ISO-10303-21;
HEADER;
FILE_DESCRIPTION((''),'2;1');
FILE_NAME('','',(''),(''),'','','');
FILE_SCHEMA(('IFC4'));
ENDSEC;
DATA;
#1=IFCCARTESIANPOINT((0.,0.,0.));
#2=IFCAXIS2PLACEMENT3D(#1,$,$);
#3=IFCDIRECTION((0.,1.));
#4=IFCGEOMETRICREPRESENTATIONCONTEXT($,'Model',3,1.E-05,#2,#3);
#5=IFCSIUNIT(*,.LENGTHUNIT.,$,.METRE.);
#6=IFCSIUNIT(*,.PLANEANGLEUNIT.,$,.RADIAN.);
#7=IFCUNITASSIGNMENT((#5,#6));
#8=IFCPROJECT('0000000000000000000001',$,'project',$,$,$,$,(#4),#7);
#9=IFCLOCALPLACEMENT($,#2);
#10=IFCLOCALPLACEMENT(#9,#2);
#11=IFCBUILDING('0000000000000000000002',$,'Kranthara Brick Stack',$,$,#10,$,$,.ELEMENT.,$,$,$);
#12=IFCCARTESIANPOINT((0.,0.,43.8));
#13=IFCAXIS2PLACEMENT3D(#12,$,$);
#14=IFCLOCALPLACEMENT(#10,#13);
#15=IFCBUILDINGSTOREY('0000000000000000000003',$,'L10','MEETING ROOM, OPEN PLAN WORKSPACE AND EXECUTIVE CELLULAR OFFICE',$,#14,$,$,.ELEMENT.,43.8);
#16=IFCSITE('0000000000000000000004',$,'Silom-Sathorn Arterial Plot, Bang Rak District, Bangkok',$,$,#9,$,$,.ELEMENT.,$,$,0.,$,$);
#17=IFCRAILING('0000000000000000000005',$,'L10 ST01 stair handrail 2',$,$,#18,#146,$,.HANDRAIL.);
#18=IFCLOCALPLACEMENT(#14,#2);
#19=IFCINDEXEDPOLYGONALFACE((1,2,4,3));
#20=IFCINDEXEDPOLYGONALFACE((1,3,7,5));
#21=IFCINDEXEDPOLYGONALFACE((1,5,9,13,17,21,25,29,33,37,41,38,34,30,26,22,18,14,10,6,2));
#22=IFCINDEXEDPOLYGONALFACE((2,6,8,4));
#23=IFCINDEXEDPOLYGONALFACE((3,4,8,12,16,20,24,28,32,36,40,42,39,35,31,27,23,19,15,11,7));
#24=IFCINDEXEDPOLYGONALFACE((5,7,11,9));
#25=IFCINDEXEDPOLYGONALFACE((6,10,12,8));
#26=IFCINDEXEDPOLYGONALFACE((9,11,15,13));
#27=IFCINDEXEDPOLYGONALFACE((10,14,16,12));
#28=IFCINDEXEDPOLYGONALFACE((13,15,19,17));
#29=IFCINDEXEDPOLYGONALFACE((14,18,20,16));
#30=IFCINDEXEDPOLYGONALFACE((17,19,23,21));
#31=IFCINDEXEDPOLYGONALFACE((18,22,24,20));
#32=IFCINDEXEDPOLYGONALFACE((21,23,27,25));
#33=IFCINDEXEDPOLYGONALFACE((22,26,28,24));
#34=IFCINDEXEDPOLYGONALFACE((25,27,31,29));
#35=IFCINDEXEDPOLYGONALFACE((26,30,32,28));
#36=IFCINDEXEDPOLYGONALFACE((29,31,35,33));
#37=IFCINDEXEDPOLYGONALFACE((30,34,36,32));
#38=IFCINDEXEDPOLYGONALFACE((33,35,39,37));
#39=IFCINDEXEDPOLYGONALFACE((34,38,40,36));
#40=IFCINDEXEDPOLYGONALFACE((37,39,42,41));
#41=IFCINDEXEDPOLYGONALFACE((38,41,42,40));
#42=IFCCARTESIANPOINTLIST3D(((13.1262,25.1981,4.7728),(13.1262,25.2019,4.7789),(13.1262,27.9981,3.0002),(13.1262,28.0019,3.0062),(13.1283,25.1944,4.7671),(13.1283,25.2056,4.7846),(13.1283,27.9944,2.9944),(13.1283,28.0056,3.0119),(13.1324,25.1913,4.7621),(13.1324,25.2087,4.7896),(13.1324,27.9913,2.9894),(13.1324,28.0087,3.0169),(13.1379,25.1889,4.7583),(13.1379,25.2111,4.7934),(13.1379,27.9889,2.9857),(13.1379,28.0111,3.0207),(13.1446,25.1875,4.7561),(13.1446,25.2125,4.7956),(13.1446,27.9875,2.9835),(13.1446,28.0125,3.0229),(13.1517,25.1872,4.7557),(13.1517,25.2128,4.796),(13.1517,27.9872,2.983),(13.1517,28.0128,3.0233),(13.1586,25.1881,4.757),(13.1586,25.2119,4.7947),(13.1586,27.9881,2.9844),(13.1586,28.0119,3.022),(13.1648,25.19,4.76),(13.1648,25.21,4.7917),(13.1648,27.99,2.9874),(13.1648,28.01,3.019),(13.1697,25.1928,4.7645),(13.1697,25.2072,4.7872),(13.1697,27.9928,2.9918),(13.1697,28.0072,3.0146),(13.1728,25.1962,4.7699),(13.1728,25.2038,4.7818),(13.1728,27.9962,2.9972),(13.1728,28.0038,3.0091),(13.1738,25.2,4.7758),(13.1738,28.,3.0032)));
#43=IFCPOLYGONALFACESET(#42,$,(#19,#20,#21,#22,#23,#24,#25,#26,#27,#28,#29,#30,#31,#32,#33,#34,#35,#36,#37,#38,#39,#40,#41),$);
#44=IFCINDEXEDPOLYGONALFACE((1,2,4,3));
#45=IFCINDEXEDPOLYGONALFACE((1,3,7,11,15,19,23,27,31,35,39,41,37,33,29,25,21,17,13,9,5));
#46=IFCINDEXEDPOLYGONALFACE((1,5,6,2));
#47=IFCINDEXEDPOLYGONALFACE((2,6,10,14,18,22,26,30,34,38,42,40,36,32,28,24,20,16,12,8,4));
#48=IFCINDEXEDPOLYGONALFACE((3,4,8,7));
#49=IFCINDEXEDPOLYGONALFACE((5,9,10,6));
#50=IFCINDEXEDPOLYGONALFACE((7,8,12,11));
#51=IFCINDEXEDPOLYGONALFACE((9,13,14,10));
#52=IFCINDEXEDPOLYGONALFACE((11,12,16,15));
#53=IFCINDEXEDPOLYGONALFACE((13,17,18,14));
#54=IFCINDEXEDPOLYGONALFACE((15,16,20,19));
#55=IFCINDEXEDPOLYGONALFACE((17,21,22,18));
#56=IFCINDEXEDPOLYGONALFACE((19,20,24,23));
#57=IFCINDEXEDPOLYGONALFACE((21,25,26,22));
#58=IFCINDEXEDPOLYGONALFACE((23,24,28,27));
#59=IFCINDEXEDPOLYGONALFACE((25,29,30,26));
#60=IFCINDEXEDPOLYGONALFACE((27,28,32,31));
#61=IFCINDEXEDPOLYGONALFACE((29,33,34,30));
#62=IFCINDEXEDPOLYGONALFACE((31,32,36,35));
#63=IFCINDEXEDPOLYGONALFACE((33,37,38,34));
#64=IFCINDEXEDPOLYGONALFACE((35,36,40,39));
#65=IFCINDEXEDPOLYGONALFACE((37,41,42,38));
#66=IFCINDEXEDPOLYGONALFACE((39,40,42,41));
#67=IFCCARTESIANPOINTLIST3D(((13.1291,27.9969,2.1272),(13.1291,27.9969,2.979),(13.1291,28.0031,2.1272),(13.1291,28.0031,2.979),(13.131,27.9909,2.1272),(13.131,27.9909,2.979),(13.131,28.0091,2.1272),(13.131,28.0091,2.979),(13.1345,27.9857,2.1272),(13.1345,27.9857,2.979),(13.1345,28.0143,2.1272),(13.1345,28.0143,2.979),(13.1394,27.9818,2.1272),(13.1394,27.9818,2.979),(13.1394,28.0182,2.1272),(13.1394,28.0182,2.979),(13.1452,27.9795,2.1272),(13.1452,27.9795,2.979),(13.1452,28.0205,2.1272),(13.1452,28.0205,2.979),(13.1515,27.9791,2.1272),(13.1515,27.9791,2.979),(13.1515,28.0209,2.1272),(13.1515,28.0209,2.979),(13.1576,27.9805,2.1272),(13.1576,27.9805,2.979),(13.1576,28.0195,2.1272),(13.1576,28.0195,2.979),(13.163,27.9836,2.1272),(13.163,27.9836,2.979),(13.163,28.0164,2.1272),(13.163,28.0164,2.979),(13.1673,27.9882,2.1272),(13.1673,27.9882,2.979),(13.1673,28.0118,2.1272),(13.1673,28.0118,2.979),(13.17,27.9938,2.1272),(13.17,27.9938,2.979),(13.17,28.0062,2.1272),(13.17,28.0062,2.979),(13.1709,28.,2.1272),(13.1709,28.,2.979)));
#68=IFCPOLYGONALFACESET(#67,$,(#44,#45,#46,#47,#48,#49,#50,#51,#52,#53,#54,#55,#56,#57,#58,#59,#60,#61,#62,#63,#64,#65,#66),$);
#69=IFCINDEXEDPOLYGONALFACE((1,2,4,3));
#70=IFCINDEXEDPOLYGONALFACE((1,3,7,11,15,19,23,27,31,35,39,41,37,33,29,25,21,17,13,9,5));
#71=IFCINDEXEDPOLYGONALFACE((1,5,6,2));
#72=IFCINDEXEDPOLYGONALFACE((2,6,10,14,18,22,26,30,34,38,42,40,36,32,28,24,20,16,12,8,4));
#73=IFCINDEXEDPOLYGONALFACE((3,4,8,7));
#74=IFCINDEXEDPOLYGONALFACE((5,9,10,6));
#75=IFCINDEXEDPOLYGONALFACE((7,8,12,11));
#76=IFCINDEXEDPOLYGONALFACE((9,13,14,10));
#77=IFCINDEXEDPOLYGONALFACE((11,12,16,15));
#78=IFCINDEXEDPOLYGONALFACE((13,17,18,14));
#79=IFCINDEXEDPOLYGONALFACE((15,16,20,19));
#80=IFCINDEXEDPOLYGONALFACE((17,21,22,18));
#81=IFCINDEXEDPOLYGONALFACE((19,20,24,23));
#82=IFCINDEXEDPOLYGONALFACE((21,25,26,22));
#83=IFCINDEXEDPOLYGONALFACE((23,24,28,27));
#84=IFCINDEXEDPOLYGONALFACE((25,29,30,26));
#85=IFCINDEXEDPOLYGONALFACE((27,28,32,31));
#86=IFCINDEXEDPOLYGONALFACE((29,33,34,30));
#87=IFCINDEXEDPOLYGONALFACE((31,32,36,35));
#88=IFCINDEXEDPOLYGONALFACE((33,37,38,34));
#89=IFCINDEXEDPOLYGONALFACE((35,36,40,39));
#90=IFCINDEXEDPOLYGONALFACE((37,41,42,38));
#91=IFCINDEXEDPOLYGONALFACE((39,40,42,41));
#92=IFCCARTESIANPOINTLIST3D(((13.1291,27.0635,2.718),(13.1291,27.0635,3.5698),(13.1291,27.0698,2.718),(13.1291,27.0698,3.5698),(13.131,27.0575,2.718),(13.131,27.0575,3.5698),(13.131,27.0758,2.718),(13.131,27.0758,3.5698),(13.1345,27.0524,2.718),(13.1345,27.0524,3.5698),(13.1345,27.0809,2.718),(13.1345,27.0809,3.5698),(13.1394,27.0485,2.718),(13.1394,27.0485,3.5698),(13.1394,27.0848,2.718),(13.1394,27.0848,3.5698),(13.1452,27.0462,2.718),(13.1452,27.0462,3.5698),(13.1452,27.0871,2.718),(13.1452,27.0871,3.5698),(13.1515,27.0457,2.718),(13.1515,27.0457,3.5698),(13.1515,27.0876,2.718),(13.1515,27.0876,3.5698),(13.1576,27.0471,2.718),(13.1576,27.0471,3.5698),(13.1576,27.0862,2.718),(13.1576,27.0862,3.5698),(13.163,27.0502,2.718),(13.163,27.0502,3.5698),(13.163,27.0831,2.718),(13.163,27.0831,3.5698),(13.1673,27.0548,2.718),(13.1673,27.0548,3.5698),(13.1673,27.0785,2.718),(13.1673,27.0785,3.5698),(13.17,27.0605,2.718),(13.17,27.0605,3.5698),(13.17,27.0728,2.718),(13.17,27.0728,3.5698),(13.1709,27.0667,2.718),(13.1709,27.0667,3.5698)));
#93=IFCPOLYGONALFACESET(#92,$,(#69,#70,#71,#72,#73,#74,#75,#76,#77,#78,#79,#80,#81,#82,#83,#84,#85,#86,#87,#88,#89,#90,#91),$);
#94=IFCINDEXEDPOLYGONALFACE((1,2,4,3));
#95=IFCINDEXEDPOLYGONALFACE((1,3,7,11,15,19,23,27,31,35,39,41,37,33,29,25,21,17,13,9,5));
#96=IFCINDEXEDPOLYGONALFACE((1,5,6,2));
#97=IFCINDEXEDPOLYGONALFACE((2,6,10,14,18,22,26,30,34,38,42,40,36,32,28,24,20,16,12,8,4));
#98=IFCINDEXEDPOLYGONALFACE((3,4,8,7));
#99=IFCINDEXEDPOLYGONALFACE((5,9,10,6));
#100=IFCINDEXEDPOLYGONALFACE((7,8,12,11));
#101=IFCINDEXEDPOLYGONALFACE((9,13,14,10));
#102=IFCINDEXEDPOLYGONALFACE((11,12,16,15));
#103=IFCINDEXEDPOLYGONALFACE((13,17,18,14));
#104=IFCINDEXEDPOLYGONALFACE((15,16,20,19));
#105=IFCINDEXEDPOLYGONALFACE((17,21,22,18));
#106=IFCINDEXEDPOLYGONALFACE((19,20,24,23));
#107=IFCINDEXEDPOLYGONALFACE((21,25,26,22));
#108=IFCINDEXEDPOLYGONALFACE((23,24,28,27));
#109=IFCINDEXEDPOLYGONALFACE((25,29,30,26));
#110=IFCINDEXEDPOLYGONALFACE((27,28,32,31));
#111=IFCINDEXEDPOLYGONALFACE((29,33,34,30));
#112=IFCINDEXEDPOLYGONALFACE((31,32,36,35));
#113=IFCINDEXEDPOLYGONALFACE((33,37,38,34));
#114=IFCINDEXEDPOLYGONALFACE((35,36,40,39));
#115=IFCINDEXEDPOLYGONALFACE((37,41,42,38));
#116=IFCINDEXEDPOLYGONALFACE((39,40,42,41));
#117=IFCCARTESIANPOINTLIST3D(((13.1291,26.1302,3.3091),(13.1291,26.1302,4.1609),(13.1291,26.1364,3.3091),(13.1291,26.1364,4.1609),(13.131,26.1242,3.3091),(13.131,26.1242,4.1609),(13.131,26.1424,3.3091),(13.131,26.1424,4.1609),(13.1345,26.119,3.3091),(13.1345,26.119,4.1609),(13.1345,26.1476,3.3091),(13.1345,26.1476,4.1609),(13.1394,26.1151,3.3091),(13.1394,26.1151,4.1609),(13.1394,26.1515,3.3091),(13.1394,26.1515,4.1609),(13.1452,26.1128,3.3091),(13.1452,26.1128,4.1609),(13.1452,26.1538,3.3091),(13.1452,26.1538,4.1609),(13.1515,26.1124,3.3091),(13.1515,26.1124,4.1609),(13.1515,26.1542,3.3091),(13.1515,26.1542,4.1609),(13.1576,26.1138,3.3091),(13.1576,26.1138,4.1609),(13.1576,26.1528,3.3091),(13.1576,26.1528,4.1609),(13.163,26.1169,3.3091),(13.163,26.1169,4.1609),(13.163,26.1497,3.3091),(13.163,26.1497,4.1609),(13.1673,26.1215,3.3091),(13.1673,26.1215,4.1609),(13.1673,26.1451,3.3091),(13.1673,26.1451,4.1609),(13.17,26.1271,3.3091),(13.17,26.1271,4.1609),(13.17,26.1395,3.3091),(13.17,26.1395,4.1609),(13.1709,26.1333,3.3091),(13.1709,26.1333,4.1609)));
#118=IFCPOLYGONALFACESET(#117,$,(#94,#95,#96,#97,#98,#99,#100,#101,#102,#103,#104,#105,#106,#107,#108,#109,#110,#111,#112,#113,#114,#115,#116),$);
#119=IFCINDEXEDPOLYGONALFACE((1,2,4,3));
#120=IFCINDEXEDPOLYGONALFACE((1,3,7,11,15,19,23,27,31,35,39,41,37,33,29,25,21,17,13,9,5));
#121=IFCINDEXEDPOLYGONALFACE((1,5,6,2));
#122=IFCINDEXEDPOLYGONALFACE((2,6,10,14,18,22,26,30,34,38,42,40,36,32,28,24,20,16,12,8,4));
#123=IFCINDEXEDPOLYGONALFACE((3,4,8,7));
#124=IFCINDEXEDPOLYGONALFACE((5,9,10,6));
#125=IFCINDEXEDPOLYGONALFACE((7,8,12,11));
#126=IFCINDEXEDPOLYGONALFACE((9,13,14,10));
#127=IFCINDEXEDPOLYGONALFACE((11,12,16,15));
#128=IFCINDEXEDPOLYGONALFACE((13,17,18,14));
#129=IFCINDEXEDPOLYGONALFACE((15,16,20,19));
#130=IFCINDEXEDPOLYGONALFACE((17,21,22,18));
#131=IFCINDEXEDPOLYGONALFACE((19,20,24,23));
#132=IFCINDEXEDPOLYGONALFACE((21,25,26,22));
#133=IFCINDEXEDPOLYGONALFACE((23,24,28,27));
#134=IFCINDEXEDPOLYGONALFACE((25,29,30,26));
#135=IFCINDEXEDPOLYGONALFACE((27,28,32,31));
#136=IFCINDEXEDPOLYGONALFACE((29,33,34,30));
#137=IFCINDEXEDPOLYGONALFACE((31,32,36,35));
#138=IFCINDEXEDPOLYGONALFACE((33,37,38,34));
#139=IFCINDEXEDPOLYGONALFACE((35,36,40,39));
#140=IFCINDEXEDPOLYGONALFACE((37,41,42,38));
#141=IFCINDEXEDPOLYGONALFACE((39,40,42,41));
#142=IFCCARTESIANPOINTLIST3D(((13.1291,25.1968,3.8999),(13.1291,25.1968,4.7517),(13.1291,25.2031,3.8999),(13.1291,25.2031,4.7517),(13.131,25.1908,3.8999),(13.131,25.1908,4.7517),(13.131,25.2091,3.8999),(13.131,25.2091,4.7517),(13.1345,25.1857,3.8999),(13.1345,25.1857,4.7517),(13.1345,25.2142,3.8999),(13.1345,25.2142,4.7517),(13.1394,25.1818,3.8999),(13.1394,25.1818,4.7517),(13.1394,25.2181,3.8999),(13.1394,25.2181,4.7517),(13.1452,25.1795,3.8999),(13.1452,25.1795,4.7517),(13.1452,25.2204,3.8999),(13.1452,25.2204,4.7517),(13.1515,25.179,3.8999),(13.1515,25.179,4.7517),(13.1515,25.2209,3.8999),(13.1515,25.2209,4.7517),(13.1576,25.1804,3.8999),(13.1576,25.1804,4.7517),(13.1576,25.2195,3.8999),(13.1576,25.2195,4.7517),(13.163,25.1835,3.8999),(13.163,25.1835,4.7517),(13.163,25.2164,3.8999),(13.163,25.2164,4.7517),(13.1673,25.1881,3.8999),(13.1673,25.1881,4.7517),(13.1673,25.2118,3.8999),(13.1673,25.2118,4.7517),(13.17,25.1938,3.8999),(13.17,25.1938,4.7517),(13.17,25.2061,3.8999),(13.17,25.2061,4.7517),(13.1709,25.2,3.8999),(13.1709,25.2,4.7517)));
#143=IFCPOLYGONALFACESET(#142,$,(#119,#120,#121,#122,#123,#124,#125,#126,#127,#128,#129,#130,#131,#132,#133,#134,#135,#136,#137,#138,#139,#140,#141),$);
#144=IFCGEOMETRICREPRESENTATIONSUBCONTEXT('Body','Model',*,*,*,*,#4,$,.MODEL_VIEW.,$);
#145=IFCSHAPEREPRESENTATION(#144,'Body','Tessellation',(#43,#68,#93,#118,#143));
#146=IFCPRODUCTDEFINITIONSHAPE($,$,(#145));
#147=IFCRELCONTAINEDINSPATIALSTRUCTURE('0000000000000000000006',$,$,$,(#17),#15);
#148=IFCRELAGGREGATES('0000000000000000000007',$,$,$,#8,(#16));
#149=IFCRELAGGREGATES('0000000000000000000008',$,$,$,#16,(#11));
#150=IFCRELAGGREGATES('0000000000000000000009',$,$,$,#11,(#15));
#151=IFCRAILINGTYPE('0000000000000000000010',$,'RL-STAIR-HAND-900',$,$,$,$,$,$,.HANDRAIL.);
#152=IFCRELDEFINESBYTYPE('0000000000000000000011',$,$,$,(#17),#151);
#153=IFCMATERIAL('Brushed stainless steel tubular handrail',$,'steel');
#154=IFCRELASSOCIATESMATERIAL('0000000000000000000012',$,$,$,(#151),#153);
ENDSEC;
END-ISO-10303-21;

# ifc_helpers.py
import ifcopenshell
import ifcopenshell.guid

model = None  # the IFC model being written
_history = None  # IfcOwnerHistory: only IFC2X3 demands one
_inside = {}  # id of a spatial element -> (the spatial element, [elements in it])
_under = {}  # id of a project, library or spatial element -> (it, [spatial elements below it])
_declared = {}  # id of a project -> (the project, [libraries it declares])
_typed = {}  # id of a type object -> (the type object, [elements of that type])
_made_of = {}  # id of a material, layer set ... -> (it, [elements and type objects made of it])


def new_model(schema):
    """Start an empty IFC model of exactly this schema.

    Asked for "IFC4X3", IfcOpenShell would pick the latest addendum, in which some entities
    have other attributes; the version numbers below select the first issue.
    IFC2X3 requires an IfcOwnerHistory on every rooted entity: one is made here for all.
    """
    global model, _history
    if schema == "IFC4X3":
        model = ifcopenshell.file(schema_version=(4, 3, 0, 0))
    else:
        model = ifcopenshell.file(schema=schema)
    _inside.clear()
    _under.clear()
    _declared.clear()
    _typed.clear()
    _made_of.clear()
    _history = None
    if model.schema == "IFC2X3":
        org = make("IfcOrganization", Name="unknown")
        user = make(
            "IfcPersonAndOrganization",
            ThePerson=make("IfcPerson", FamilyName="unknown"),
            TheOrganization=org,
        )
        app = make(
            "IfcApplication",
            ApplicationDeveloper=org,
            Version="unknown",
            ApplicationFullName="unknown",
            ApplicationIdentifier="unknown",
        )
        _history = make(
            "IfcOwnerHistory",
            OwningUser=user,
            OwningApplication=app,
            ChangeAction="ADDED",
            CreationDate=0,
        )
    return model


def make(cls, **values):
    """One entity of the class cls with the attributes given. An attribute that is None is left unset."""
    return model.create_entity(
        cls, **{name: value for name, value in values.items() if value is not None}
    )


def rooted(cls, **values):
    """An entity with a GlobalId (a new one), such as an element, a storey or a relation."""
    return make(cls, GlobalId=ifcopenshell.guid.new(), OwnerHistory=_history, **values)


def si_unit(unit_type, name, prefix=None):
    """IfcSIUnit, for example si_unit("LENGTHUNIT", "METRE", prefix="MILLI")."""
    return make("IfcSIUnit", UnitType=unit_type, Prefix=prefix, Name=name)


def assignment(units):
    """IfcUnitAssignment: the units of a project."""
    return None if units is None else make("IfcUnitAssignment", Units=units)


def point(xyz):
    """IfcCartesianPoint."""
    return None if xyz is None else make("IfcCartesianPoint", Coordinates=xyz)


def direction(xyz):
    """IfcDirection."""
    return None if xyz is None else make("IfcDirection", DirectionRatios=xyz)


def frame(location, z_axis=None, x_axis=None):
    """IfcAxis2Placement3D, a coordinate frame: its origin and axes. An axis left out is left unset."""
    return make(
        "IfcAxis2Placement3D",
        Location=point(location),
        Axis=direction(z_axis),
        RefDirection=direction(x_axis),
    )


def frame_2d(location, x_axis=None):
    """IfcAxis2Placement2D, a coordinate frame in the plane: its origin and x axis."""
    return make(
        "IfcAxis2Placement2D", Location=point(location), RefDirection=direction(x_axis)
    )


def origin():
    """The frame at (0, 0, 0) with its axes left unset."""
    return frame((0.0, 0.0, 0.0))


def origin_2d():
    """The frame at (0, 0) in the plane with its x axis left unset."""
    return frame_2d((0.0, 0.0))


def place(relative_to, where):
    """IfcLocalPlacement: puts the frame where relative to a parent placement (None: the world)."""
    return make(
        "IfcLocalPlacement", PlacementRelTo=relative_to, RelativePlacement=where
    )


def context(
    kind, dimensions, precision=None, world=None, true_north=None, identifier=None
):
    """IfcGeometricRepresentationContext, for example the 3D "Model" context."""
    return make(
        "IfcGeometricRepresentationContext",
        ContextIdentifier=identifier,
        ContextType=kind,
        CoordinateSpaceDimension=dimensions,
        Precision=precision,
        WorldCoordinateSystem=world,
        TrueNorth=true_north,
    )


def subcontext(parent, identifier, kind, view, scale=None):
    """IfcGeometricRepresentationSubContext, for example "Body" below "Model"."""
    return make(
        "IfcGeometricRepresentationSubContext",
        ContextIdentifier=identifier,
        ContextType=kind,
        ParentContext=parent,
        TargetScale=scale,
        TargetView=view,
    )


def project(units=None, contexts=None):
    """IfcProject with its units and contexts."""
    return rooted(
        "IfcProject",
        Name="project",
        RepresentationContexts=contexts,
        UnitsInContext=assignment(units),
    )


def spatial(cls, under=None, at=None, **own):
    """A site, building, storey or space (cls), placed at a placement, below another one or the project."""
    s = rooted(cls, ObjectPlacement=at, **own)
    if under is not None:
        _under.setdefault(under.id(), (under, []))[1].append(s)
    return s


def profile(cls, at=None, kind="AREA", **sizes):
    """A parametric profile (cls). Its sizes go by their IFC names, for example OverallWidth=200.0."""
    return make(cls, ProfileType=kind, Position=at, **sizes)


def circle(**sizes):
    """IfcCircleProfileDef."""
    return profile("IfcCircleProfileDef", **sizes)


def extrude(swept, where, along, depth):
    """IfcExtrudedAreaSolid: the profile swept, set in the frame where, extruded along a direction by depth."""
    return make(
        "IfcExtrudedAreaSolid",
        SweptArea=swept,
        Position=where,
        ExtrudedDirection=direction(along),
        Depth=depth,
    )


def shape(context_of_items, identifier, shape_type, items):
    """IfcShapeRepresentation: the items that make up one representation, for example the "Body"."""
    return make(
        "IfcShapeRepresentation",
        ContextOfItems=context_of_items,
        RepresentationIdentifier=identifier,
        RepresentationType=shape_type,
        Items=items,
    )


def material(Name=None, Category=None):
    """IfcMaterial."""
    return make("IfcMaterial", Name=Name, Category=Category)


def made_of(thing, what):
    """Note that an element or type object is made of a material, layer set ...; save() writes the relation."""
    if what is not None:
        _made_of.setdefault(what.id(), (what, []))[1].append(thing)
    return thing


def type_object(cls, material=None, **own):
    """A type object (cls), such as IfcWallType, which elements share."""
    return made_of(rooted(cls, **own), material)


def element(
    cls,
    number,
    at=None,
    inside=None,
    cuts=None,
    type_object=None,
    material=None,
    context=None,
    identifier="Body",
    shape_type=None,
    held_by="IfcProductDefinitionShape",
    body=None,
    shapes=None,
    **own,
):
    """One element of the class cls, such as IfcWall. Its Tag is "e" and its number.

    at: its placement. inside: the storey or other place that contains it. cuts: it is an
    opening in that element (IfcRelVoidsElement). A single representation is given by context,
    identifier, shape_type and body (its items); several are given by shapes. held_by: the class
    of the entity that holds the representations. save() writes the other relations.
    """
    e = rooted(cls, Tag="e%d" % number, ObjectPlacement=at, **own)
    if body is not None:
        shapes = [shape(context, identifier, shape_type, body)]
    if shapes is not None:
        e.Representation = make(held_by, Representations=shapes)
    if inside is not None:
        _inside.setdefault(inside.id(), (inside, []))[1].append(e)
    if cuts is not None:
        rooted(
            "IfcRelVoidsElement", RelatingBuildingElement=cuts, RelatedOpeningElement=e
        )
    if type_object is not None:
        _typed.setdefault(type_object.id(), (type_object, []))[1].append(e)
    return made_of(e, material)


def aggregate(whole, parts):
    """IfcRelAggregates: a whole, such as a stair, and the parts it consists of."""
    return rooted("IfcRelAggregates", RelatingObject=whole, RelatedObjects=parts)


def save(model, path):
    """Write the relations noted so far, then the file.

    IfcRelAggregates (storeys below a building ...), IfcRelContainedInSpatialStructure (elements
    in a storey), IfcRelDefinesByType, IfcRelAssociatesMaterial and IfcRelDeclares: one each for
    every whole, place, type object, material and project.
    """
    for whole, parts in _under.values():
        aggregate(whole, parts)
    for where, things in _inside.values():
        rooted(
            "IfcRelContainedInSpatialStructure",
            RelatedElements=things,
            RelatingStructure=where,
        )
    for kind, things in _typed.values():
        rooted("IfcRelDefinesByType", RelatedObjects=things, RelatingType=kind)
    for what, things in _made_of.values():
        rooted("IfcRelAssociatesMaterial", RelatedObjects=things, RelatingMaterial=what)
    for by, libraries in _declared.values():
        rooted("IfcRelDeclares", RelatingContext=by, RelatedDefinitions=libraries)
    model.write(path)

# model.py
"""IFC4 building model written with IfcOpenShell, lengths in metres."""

from ifc_helpers import new_model, si_unit, direction, frame, origin, origin_2d, place, context, subcontext, project, spatial, circle, extrude, material, type_object, element, save


model = new_model("IFC4")

# Units and contexts
model_context = context("Model", 3, precision=1e-05, world=origin(), true_north=direction((0.0, 1.0)))
body_context = subcontext(model_context, "Body", "Model", "MODEL_VIEW")
ifc_project = project(units=[si_unit("LENGTHUNIT", "METRE"), si_unit("PLANEANGLEUNIT", "RADIAN")], contexts=[model_context])

# Site, building, storey
site_placement = place(None, origin())
site = spatial("IfcSite", under=ifc_project, at=site_placement, Name="Silom-Sathorn Arterial Plot, Bang Rak District, Bangkok", CompositionType="ELEMENT", RefElevation=0.0)
building_placement = place(site_placement, origin())
building = spatial("IfcBuilding", under=site, at=building_placement, Name="Kranthara Brick Stack", CompositionType="ELEMENT")
storey_placement = place(building_placement, frame((0.0, 0.0, 43.8)))
storey = spatial("IfcBuildingStorey", under=building, at=storey_placement, Name="L10", Description="MEETING ROOM, OPEN PLAN WORKSPACE AND EXECUTIVE CELLULAR OFFICE", CompositionType="ELEMENT", Elevation=43.8)

# Railing
ifc_material_1 = material(Name="Brushed stainless steel tubular handrail", Category="steel")
railing_type_1 = type_object("IfcRailingType", Name="RL-STAIR-HAND-900", PredefinedType="HANDRAIL", material=ifc_material_1)
railing_1_placement = place(storey_placement, frame((13.1499, 28.0, 2.1272)))
element("IfcRailing", 1, at=railing_1_placement, inside=storey, type_object=railing_type_1, Name="L10 ST01 stair handrail 2", PredefinedType="HANDRAIL", context=body_context, shape_type="SweptSolid", body=[
    extrude(circle(Radius=0.0239, at=origin_2d()), frame((0.0, 0.0, 0.876), z_axis=(0.0, -0.844909, 0.53491), x_axis=(1.0, 0.0, 0.0)), (0.0, 0.0, 1.0), 3.314),
    extrude(circle(Radius=0.021, at=origin_2d()), origin(), (0.0, 0.0, 1.0), 0.8518),
    extrude(circle(Radius=0.021, at=origin_2d()), frame((0.0, -0.9333, 0.5908)), (0.0, 0.0, 1.0), 0.8518),
    extrude(circle(Radius=0.021, at=origin_2d()), frame((0.0, -1.8667, 1.1819)), (0.0, 0.0, 1.0), 0.8518),
    extrude(circle(Radius=0.021, at=origin_2d()), frame((0.0, -2.8, 1.7727)), (0.0, 0.0, 1.0), 0.8518),
])

save(model, "model.ifc")
